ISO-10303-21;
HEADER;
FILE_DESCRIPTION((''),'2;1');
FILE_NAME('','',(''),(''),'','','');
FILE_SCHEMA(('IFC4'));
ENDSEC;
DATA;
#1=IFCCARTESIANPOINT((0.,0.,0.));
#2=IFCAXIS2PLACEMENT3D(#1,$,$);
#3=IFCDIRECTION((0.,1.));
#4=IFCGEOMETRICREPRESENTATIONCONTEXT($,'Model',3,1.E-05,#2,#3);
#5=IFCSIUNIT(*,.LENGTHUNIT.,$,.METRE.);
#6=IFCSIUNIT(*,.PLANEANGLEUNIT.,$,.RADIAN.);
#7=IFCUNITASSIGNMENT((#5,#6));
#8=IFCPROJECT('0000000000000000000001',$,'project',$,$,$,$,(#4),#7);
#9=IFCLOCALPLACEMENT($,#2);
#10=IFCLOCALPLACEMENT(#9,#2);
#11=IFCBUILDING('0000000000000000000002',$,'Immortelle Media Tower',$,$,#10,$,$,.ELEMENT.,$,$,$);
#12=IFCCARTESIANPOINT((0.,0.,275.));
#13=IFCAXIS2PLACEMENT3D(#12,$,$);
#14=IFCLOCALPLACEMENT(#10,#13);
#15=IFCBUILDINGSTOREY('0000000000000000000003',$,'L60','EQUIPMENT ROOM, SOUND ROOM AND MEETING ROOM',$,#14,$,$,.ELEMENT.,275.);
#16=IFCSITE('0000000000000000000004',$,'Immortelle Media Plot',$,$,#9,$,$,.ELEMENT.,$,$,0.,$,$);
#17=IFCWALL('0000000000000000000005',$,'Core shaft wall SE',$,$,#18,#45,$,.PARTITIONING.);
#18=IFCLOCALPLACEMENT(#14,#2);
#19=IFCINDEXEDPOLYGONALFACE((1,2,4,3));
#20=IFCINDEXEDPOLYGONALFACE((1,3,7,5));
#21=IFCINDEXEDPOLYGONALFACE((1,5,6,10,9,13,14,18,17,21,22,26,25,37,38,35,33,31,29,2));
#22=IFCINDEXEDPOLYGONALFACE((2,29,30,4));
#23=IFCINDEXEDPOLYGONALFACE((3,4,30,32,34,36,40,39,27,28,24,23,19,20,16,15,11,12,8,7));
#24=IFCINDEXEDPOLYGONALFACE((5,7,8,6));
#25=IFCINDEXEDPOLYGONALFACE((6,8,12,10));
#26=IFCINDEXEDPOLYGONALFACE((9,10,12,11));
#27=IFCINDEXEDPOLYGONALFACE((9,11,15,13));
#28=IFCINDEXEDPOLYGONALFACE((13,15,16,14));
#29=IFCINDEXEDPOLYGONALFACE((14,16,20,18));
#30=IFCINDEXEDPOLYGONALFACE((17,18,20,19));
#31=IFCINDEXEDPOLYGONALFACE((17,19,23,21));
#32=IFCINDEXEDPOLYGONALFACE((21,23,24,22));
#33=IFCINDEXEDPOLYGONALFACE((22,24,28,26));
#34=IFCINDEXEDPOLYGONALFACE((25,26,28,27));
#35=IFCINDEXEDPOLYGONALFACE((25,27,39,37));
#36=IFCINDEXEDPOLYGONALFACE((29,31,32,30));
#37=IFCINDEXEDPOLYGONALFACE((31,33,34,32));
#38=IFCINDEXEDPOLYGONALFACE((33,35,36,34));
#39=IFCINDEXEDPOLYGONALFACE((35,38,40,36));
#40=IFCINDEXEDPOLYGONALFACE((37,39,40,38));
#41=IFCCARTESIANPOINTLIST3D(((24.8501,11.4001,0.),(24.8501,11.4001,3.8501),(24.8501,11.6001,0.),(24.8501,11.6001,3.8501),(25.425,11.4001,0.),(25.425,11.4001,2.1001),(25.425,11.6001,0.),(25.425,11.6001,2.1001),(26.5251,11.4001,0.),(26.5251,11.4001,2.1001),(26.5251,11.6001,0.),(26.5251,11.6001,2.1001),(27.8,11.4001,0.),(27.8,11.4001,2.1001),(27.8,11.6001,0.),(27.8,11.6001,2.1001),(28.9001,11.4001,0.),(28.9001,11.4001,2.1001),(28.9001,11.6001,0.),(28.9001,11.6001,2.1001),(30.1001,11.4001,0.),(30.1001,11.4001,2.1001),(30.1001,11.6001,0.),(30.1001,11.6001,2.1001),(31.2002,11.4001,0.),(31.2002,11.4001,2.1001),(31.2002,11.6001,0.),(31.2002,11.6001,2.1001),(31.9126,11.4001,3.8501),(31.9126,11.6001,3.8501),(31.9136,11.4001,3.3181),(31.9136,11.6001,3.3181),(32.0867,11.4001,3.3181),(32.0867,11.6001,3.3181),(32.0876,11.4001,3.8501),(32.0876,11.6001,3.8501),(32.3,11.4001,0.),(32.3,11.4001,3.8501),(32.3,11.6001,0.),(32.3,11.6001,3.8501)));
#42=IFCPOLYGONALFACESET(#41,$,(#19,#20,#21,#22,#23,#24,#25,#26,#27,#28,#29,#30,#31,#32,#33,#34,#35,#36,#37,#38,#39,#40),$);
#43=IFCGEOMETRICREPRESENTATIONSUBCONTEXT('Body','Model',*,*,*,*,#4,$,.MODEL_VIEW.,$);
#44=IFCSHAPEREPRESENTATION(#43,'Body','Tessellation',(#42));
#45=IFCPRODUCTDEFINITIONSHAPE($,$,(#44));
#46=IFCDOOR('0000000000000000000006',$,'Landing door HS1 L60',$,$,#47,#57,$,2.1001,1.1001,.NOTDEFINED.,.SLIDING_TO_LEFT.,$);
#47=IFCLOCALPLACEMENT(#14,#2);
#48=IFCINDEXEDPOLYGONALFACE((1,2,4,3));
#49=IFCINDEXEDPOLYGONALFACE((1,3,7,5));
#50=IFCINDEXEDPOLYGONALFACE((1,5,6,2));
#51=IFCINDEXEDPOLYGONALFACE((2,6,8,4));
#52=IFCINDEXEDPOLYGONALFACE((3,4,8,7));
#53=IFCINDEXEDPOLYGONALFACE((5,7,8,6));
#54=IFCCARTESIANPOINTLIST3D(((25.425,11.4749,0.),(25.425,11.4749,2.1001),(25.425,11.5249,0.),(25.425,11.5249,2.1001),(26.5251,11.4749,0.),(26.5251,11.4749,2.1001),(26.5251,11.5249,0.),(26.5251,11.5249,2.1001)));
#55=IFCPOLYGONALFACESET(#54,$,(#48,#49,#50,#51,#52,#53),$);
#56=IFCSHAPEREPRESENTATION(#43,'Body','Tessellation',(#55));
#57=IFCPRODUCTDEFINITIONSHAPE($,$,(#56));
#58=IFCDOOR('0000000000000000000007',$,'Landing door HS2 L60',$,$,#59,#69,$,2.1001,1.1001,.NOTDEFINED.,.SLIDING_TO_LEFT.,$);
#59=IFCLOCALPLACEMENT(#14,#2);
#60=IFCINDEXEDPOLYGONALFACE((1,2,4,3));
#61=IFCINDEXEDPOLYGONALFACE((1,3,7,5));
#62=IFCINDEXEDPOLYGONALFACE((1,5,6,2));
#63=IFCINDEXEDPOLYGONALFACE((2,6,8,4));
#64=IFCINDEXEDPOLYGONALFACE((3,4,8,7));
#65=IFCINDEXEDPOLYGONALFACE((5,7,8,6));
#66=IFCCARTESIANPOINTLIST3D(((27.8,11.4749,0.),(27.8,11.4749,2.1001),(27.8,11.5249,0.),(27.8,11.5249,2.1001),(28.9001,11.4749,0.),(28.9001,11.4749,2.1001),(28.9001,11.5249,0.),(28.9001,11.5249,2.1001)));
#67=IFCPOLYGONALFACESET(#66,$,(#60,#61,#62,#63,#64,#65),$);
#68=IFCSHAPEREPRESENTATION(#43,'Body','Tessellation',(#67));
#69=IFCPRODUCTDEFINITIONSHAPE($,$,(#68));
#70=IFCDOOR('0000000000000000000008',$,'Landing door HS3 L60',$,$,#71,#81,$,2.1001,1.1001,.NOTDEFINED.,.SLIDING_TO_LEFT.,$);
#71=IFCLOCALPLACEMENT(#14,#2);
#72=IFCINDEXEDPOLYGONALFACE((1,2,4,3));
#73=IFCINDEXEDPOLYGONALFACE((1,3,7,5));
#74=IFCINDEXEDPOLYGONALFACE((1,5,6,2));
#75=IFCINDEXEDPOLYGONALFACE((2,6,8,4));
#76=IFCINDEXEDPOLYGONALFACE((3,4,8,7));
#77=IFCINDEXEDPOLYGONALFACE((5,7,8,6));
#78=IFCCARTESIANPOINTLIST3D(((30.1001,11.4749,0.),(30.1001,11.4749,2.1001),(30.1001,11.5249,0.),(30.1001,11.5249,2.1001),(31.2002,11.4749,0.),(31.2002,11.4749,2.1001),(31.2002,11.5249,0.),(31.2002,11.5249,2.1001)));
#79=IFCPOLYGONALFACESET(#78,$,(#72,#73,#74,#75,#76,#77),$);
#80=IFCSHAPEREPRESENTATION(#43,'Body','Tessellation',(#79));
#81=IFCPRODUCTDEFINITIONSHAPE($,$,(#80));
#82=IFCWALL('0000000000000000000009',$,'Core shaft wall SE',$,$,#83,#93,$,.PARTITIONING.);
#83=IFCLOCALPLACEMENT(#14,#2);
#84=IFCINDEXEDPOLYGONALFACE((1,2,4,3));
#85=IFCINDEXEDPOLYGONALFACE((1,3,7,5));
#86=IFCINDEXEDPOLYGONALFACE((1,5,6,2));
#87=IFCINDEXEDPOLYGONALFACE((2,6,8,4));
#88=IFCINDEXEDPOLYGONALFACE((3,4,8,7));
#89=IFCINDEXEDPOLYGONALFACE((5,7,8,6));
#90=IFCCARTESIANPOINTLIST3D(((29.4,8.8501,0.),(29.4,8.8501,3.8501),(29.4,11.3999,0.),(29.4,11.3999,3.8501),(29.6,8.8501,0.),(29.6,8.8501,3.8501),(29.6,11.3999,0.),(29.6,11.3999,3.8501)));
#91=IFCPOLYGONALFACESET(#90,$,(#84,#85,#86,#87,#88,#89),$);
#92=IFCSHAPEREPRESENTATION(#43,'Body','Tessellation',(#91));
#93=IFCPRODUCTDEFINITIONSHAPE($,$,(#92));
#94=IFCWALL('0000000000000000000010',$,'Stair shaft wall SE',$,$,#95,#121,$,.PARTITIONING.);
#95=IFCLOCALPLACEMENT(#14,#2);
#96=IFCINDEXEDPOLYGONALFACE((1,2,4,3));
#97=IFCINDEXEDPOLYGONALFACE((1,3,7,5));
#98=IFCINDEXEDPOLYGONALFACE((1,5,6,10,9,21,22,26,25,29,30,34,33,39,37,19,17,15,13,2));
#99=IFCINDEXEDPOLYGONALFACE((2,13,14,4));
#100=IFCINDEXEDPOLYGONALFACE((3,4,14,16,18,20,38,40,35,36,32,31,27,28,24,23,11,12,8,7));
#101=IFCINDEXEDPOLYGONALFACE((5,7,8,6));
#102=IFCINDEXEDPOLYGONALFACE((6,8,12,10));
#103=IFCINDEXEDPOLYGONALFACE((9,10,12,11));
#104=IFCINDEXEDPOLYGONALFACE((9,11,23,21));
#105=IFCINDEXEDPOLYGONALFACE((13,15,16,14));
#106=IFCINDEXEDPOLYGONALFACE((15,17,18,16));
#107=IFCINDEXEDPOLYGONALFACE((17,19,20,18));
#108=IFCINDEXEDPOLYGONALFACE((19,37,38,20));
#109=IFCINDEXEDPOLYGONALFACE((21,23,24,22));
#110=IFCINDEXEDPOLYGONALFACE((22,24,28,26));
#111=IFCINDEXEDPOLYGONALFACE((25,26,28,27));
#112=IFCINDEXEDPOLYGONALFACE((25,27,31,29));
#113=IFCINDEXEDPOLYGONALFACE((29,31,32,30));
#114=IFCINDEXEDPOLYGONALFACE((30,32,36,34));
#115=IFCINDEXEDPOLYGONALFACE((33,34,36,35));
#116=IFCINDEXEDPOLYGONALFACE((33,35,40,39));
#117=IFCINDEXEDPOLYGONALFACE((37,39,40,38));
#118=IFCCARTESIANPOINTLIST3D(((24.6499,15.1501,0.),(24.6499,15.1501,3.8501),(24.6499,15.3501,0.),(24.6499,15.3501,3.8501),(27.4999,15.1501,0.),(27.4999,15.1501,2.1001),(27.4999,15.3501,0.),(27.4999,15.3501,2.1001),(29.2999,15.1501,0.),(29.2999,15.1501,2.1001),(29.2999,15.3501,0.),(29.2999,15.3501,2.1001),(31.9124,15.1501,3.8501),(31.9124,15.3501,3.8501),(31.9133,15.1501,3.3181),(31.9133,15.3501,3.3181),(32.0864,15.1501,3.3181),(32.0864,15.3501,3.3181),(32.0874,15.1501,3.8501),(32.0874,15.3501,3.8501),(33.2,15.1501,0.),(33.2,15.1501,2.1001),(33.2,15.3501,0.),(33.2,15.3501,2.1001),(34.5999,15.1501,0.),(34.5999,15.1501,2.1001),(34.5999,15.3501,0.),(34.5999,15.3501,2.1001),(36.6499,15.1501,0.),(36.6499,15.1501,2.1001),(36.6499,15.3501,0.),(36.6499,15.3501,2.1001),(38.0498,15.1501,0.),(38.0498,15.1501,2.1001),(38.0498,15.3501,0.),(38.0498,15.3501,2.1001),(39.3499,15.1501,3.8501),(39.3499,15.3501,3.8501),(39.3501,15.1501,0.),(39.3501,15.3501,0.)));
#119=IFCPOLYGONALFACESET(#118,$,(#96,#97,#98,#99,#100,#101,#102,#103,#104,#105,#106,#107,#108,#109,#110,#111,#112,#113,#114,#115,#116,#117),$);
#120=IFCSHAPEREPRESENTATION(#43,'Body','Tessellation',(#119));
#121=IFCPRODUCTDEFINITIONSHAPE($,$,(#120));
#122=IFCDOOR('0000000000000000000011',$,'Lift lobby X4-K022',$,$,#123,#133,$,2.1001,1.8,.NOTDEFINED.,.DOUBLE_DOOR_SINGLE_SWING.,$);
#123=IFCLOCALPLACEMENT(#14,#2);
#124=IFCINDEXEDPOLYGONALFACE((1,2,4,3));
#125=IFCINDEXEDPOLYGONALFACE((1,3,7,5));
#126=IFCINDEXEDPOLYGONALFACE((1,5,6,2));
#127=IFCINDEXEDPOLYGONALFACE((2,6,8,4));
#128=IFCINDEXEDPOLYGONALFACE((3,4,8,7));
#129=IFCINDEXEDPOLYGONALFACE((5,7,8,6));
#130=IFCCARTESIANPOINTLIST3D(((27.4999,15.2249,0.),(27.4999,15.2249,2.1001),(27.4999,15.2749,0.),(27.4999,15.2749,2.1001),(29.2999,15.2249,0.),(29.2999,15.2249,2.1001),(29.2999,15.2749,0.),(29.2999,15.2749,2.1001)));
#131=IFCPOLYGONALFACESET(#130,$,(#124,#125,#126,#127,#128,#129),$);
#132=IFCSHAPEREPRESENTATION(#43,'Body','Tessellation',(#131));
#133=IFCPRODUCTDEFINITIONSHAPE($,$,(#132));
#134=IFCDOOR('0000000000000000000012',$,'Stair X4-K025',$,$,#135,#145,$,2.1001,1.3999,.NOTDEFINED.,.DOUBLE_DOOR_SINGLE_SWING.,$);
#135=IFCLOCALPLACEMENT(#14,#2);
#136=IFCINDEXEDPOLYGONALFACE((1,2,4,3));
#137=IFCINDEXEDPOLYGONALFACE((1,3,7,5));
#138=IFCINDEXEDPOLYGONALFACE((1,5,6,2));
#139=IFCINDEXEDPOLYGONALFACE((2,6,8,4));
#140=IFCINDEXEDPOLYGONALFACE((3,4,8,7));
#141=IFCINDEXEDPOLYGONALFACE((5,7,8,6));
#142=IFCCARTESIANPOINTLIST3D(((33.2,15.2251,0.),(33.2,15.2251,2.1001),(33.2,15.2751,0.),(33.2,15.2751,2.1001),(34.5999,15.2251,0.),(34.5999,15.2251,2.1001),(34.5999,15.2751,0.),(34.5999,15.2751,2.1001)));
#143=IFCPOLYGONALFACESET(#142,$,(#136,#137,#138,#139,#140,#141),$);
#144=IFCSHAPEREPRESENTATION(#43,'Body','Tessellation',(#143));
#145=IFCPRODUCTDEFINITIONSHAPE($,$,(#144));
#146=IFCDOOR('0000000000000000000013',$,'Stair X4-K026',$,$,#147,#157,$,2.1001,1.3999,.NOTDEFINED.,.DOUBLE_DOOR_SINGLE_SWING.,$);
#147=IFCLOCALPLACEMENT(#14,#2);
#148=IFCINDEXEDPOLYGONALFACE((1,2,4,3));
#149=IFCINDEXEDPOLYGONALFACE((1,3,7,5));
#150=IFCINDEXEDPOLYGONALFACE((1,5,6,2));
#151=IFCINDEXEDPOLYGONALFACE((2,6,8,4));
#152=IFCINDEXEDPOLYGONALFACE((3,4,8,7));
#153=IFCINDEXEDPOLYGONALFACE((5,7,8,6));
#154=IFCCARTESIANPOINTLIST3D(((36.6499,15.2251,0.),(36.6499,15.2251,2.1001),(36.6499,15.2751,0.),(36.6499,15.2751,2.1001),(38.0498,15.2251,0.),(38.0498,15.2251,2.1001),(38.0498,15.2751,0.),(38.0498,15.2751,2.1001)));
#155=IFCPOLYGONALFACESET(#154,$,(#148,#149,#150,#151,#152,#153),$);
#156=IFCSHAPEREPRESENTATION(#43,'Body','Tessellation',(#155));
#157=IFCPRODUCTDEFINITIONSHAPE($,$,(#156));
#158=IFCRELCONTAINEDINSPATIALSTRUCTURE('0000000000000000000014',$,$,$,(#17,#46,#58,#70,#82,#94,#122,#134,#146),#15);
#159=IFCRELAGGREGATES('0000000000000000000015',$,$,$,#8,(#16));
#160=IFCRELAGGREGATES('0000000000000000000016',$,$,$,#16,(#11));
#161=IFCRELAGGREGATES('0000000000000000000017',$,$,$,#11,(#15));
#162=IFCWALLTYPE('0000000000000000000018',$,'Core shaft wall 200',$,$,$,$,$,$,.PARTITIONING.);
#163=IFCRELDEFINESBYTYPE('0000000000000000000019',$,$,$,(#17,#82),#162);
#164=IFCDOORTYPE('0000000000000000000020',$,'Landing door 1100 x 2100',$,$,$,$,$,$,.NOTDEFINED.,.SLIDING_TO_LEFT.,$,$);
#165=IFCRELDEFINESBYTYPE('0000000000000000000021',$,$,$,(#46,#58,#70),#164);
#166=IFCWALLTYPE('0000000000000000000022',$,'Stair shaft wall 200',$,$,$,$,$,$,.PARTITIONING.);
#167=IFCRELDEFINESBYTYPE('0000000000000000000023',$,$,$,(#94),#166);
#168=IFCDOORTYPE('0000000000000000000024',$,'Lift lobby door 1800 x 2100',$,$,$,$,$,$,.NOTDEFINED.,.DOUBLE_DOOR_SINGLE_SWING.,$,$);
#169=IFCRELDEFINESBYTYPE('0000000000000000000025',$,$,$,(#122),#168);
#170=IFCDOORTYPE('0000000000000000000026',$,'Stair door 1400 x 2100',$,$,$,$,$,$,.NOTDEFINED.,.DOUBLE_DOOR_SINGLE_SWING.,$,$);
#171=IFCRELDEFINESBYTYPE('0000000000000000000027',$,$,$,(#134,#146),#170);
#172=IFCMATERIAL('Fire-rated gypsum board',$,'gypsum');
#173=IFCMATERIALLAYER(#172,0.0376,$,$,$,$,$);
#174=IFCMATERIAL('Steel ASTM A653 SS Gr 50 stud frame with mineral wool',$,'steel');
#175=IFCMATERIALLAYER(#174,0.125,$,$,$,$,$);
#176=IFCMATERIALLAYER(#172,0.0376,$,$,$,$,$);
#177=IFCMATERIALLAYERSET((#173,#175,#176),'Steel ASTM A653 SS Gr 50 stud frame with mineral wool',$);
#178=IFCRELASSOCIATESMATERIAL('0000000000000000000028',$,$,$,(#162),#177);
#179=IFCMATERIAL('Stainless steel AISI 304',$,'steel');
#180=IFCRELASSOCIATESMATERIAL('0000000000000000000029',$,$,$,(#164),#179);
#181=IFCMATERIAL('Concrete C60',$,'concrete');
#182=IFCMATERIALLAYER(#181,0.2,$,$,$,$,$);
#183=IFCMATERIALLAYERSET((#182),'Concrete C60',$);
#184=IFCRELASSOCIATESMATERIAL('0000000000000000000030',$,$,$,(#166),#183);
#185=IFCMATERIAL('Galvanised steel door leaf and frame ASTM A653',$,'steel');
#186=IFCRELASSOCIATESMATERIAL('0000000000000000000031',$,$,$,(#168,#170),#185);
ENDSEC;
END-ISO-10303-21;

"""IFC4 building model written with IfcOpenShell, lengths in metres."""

from ifc_helpers import new_model, si_unit, direction, frame, frame_2d, origin, place, context, subcontext, project, spatial, polyline, rectangle, outline, extrude, material, layer, layer_set, type_object, element, fill, save


model = new_model("IFC4")

# Units and contexts
model_context = context("Model", 3, precision=1e-05, world=origin(), true_north=direction((0.0, 1.0)))
body_context = subcontext(model_context, "Body", "Model", "MODEL_VIEW")
ifc_project = project(units=[si_unit("LENGTHUNIT", "METRE"), si_unit("PLANEANGLEUNIT", "RADIAN")], contexts=[model_context])

# Site, building, storey
site_placement = place(None, origin())
site = spatial("IfcSite", under=ifc_project, at=site_placement, Name="Immortelle Media Plot", CompositionType="ELEMENT", RefElevation=0.0)
building_placement = place(site_placement, origin())
building = spatial("IfcBuilding", under=site, at=building_placement, Name="Immortelle Media Tower", CompositionType="ELEMENT")
storey_placement = place(building_placement, frame((0.0, 0.0, 275.0)))
storey = spatial("IfcBuildingStorey", under=building, at=storey_placement, Name="L60", Description="EQUIPMENT ROOM, SOUND ROOM AND MEETING ROOM", CompositionType="ELEMENT", Elevation=275.0)

# Shared definitions
ifc_material_1 = material(Name="Fire-rated gypsum board", Category="gypsum")
ifc_material_2 = material(Name="Steel ASTM A653 SS Gr 50 stud frame with mineral wool", Category="steel")

# Shared definitions
ifc_material_3 = material(Name="Galvanised steel door leaf and frame ASTM A653", Category="steel")

# Shared definitions
ifc_layer_1 = layer(ifc_material_1, 0.0376)
ifc_layer_2 = layer(ifc_material_2, 0.125)
ifc_layer_3 = layer(ifc_material_1, 0.0376)
ifc_layer_set_1 = layer_set([ifc_layer_1, ifc_layer_2, ifc_layer_3], Name="Steel ASTM A653 SS Gr 50 stud frame with mineral wool")
wall_type_1 = type_object("IfcWallType", Name="Core shaft wall 200", PredefinedType="PARTITIONING", material=ifc_layer_set_1)

# Wall, openings, doors
wall_1_placement = place(storey_placement, frame((24.8501, 11.5, 0.0), z_axis=(0.0, 0.0, 1.0), x_axis=(1.0, 0.0, 0.0)))
wall_1 = element("IfcWall", 1, at=wall_1_placement, inside=storey, type_object=wall_type_1, Name="Core shaft wall SE", PredefinedType="PARTITIONING", context=body_context, shape_type="SweptSolid", body=[
    extrude(outline(polyline([(0.0, 0.0), (7.45, 0.0), (7.45, 3.8501), (7.2375, 3.8501), (7.2366, 3.3181), (7.0635, 3.3181), (7.0625, 3.8501), (0.0, 3.8501), (0.0, 0.0)])), frame((0.0, 0.1001, 0.0), z_axis=(0.0, -1.0, 0.0), x_axis=(1.0, 0.0, 0.0)), (0.0, 0.0, 1.0), 0.2),
])
opening_1_placement = place(wall_1_placement, frame((0.575, 0.0, 0.0)))
opening_1 = element("IfcOpeningElement", 2, at=opening_1_placement, cuts=wall_1, PredefinedType="OPENING", context=body_context, shape_type="SweptSolid", body=[
    extrude(rectangle(XDim=1.1001, YDim=2.1001, at=frame_2d((0.55, 1.05))), frame((0.0, 0.1099, 0.0), z_axis=(0.0, -1.0, 0.0), x_axis=(1.0, 0.0, 0.0)), (0.0, 0.0, 1.0), 0.22),
])
opening_2_placement = place(wall_1_placement, frame((2.95, 0.0, 0.0)))
opening_2 = element("IfcOpeningElement", 3, at=opening_2_placement, cuts=wall_1, PredefinedType="OPENING", context=body_context, shape_type="SweptSolid", body=[
    extrude(rectangle(XDim=1.1001, YDim=2.1001, at=frame_2d((0.55, 1.05))), frame((0.0, 0.1099, 0.0), z_axis=(0.0, -1.0, 0.0), x_axis=(1.0, 0.0, 0.0)), (0.0, 0.0, 1.0), 0.22),
])
opening_3_placement = place(wall_1_placement, frame((5.25, 0.0, 0.0)))
opening_3 = element("IfcOpeningElement", 4, at=opening_3_placement, cuts=wall_1, PredefinedType="OPENING", context=body_context, shape_type="SweptSolid", body=[
    extrude(rectangle(XDim=1.1001, YDim=2.1001, at=frame_2d((0.55, 1.05))), frame((0.0, 0.1099, 0.0), z_axis=(0.0, -1.0, 0.0), x_axis=(1.0, 0.0, 0.0)), (0.0, 0.0, 1.0), 0.22),
])
ifc_material_4 = material(Name="Stainless steel AISI 304", Category="steel")
door_type_1 = type_object("IfcDoorType", Name="Landing door 1100 x 2100", OperationType="SLIDING_TO_LEFT", PredefinedType="NOTDEFINED", material=ifc_material_4)
door_1_placement = place(opening_1_placement, origin())
door_1 = element("IfcDoor", 5, at=door_1_placement, inside=storey, type_object=door_type_1, Name="Landing door HS1 L60", OperationType="SLIDING_TO_LEFT", OverallHeight=2.1001, OverallWidth=1.1001, PredefinedType="NOTDEFINED", context=body_context, shape_type="SweptSolid", body=[
    extrude(rectangle(XDim=1.1001, YDim=2.1001, at=frame_2d((0.55, 1.05))), frame((0.0, 0.0249, 0.0), z_axis=(0.0, -1.0, 0.0), x_axis=(1.0, 0.0, 0.0)), (0.0, 0.0, 1.0), 0.05),
])
fill(opening_1, door_1)
door_2_placement = place(opening_2_placement, origin())
door_2 = element("IfcDoor", 6, at=door_2_placement, inside=storey, type_object=door_type_1, Name="Landing door HS2 L60", OperationType="SLIDING_TO_LEFT", OverallHeight=2.1001, OverallWidth=1.1001, PredefinedType="NOTDEFINED", context=body_context, shape_type="SweptSolid", body=[
    extrude(rectangle(XDim=1.1001, YDim=2.1001, at=frame_2d((0.55, 1.05))), frame((0.0, 0.0249, 0.0), z_axis=(0.0, -1.0, 0.0), x_axis=(1.0, 0.0, 0.0)), (0.0, 0.0, 1.0), 0.05),
])
fill(opening_2, door_2)
door_3_placement = place(opening_3_placement, origin())
door_3 = element("IfcDoor", 7, at=door_3_placement, inside=storey, type_object=door_type_1, Name="Landing door HS3 L60", OperationType="SLIDING_TO_LEFT", OverallHeight=2.1001, OverallWidth=1.1001, PredefinedType="NOTDEFINED", context=body_context, shape_type="SweptSolid", body=[
    extrude(rectangle(XDim=1.1001, YDim=2.1001, at=frame_2d((0.55, 1.05))), frame((0.0, 0.0249, 0.0), z_axis=(0.0, -1.0, 0.0), x_axis=(1.0, 0.0, 0.0)), (0.0, 0.0, 1.0), 0.05),
])
fill(opening_3, door_3)

# Wall
wall_2_placement = place(storey_placement, frame((29.5, 8.8501, 0.0), z_axis=(0.0, 0.0, 1.0), x_axis=(0.0, 1.0, 0.0)))
element("IfcWall", 8, at=wall_2_placement, inside=storey, type_object=wall_type_1, Name="Core shaft wall SE", PredefinedType="PARTITIONING", context=body_context, shape_type="SweptSolid", body=[
    extrude(rectangle(XDim=2.5498, YDim=0.2, at=frame_2d((1.2749, 0.0))), origin(), (0.0, 0.0, 1.0), 3.8501),
])

# Wall, openings, doors
ifc_material_5 = material(Name="Concrete C60", Category="concrete")
ifc_layer_4 = layer(ifc_material_5, 0.2)
ifc_layer_set_2 = layer_set([ifc_layer_4], Name="Concrete C60")
wall_type_2 = type_object("IfcWallType", Name="Stair shaft wall 200", PredefinedType="PARTITIONING", material=ifc_layer_set_2)
wall_3_placement = place(storey_placement, frame((24.6499, 15.25, 0.0), z_axis=(0.0, 0.0, 1.0), x_axis=(1.0, 0.0, 0.0)))
wall_3 = element("IfcWall", 9, at=wall_3_placement, inside=storey, type_object=wall_type_2, Name="Stair shaft wall SE", PredefinedType="PARTITIONING", context=body_context, shape_type="SweptSolid", body=[
    extrude(outline(polyline([(0.0, 0.0), (14.7002, 0.0), (14.7, 3.8501), (7.4375, 3.8501), (7.4365, 3.3181), (7.2634, 3.3181), (7.2625, 3.8501), (0.0, 3.8501), (0.0, 0.0)])), frame((0.0, 0.1001, 0.0), z_axis=(0.0, -1.0, 0.0), x_axis=(1.0, 0.0, 0.0)), (0.0, 0.0, 1.0), 0.2),
])
opening_4_placement = place(wall_3_placement, frame((2.8501, 0.0, 0.0)))
opening_4 = element("IfcOpeningElement", 10, at=opening_4_placement, cuts=wall_3, PredefinedType="OPENING", context=body_context, shape_type="SweptSolid", body=[
    extrude(rectangle(XDim=1.8, YDim=2.1001, at=frame_2d((0.8999, 1.05))), frame((0.0, 0.1099, 0.0), z_axis=(0.0, -1.0, 0.0), x_axis=(1.0, 0.0, 0.0)), (0.0, 0.0, 1.0), 0.22),
])
opening_5_placement = place(wall_3_placement, frame((9.95, 0.0, 0.0), z_axis=(0.0, 0.0, 1.0), x_axis=(-1.0, 0.0, 0.0)))
opening_5 = element("IfcOpeningElement", 11, at=opening_5_placement, cuts=wall_3, PredefinedType="OPENING", context=body_context, shape_type="SweptSolid", body=[
    extrude(rectangle(XDim=1.3999, YDim=2.1001, at=frame_2d((0.7, 1.05))), frame((0.0, 0.1099, 0.0), z_axis=(0.0, -1.0, 0.0), x_axis=(1.0, 0.0, 0.0)), (0.0, 0.0, 1.0), 0.22),
])
opening_6_placement = place(wall_3_placement, frame((13.3999, 0.0, 0.0), z_axis=(0.0, 0.0, 1.0), x_axis=(-1.0, 0.0, 0.0)))
opening_6 = element("IfcOpeningElement", 12, at=opening_6_placement, cuts=wall_3, PredefinedType="OPENING", context=body_context, shape_type="SweptSolid", body=[
    extrude(rectangle(XDim=1.3999, YDim=2.1001, at=frame_2d((0.7, 1.05))), frame((0.0, 0.1099, 0.0), z_axis=(0.0, -1.0, 0.0), x_axis=(1.0, 0.0, 0.0)), (0.0, 0.0, 1.0), 0.22),
])
door_type_2 = type_object("IfcDoorType", Name="Lift lobby door 1800 x 2100", OperationType="DOUBLE_DOOR_SINGLE_SWING", PredefinedType="NOTDEFINED", material=ifc_material_3)
door_4_placement = place(opening_4_placement, origin())
door_4 = element("IfcDoor", 13, at=door_4_placement, inside=storey, type_object=door_type_2, Name="Lift lobby X4-K022", OperationType="DOUBLE_DOOR_SINGLE_SWING", OverallHeight=2.1001, OverallWidth=1.8, PredefinedType="NOTDEFINED", context=body_context, shape_type="SweptSolid", body=[
    extrude(rectangle(XDim=1.8, YDim=2.1001, at=frame_2d((0.8999, 1.05))), frame((0.0, 0.0249, 0.0), z_axis=(0.0, -1.0, 0.0), x_axis=(1.0, 0.0, 0.0)), (0.0, 0.0, 1.0), 0.05),
])
fill(opening_4, door_4)
door_type_3 = type_object("IfcDoorType", Name="Stair door 1400 x 2100", OperationType="DOUBLE_DOOR_SINGLE_SWING", PredefinedType="NOTDEFINED", material=ifc_material_3)
door_5_placement = place(opening_5_placement, origin())
door_5 = element("IfcDoor", 14, at=door_5_placement, inside=storey, type_object=door_type_3, Name="Stair X4-K025", OperationType="DOUBLE_DOOR_SINGLE_SWING", OverallHeight=2.1001, OverallWidth=1.3999, PredefinedType="NOTDEFINED", context=body_context, shape_type="SweptSolid", body=[
    extrude(rectangle(XDim=1.3999, YDim=2.1001, at=frame_2d((0.7, 1.05))), frame((0.0, 0.0249, 0.0), z_axis=(0.0, -1.0, 0.0), x_axis=(1.0, 0.0, 0.0)), (0.0, 0.0, 1.0), 0.05),
])
fill(opening_5, door_5)
door_6_placement = place(opening_6_placement, origin())
door_6 = element("IfcDoor", 15, at=door_6_placement, inside=storey, type_object=door_type_3, Name="Stair X4-K026", OperationType="DOUBLE_DOOR_SINGLE_SWING", OverallHeight=2.1001, OverallWidth=1.3999, PredefinedType="NOTDEFINED", context=body_context, shape_type="SweptSolid", body=[
    extrude(rectangle(XDim=1.3999, YDim=2.1001, at=frame_2d((0.7, 1.05))), frame((0.0, 0.0249, 0.0), z_axis=(0.0, -1.0, 0.0), x_axis=(1.0, 0.0, 0.0)), (0.0, 0.0, 1.0), 0.05),
])
fill(opening_6, door_6)

save(model, "model.ifc")
